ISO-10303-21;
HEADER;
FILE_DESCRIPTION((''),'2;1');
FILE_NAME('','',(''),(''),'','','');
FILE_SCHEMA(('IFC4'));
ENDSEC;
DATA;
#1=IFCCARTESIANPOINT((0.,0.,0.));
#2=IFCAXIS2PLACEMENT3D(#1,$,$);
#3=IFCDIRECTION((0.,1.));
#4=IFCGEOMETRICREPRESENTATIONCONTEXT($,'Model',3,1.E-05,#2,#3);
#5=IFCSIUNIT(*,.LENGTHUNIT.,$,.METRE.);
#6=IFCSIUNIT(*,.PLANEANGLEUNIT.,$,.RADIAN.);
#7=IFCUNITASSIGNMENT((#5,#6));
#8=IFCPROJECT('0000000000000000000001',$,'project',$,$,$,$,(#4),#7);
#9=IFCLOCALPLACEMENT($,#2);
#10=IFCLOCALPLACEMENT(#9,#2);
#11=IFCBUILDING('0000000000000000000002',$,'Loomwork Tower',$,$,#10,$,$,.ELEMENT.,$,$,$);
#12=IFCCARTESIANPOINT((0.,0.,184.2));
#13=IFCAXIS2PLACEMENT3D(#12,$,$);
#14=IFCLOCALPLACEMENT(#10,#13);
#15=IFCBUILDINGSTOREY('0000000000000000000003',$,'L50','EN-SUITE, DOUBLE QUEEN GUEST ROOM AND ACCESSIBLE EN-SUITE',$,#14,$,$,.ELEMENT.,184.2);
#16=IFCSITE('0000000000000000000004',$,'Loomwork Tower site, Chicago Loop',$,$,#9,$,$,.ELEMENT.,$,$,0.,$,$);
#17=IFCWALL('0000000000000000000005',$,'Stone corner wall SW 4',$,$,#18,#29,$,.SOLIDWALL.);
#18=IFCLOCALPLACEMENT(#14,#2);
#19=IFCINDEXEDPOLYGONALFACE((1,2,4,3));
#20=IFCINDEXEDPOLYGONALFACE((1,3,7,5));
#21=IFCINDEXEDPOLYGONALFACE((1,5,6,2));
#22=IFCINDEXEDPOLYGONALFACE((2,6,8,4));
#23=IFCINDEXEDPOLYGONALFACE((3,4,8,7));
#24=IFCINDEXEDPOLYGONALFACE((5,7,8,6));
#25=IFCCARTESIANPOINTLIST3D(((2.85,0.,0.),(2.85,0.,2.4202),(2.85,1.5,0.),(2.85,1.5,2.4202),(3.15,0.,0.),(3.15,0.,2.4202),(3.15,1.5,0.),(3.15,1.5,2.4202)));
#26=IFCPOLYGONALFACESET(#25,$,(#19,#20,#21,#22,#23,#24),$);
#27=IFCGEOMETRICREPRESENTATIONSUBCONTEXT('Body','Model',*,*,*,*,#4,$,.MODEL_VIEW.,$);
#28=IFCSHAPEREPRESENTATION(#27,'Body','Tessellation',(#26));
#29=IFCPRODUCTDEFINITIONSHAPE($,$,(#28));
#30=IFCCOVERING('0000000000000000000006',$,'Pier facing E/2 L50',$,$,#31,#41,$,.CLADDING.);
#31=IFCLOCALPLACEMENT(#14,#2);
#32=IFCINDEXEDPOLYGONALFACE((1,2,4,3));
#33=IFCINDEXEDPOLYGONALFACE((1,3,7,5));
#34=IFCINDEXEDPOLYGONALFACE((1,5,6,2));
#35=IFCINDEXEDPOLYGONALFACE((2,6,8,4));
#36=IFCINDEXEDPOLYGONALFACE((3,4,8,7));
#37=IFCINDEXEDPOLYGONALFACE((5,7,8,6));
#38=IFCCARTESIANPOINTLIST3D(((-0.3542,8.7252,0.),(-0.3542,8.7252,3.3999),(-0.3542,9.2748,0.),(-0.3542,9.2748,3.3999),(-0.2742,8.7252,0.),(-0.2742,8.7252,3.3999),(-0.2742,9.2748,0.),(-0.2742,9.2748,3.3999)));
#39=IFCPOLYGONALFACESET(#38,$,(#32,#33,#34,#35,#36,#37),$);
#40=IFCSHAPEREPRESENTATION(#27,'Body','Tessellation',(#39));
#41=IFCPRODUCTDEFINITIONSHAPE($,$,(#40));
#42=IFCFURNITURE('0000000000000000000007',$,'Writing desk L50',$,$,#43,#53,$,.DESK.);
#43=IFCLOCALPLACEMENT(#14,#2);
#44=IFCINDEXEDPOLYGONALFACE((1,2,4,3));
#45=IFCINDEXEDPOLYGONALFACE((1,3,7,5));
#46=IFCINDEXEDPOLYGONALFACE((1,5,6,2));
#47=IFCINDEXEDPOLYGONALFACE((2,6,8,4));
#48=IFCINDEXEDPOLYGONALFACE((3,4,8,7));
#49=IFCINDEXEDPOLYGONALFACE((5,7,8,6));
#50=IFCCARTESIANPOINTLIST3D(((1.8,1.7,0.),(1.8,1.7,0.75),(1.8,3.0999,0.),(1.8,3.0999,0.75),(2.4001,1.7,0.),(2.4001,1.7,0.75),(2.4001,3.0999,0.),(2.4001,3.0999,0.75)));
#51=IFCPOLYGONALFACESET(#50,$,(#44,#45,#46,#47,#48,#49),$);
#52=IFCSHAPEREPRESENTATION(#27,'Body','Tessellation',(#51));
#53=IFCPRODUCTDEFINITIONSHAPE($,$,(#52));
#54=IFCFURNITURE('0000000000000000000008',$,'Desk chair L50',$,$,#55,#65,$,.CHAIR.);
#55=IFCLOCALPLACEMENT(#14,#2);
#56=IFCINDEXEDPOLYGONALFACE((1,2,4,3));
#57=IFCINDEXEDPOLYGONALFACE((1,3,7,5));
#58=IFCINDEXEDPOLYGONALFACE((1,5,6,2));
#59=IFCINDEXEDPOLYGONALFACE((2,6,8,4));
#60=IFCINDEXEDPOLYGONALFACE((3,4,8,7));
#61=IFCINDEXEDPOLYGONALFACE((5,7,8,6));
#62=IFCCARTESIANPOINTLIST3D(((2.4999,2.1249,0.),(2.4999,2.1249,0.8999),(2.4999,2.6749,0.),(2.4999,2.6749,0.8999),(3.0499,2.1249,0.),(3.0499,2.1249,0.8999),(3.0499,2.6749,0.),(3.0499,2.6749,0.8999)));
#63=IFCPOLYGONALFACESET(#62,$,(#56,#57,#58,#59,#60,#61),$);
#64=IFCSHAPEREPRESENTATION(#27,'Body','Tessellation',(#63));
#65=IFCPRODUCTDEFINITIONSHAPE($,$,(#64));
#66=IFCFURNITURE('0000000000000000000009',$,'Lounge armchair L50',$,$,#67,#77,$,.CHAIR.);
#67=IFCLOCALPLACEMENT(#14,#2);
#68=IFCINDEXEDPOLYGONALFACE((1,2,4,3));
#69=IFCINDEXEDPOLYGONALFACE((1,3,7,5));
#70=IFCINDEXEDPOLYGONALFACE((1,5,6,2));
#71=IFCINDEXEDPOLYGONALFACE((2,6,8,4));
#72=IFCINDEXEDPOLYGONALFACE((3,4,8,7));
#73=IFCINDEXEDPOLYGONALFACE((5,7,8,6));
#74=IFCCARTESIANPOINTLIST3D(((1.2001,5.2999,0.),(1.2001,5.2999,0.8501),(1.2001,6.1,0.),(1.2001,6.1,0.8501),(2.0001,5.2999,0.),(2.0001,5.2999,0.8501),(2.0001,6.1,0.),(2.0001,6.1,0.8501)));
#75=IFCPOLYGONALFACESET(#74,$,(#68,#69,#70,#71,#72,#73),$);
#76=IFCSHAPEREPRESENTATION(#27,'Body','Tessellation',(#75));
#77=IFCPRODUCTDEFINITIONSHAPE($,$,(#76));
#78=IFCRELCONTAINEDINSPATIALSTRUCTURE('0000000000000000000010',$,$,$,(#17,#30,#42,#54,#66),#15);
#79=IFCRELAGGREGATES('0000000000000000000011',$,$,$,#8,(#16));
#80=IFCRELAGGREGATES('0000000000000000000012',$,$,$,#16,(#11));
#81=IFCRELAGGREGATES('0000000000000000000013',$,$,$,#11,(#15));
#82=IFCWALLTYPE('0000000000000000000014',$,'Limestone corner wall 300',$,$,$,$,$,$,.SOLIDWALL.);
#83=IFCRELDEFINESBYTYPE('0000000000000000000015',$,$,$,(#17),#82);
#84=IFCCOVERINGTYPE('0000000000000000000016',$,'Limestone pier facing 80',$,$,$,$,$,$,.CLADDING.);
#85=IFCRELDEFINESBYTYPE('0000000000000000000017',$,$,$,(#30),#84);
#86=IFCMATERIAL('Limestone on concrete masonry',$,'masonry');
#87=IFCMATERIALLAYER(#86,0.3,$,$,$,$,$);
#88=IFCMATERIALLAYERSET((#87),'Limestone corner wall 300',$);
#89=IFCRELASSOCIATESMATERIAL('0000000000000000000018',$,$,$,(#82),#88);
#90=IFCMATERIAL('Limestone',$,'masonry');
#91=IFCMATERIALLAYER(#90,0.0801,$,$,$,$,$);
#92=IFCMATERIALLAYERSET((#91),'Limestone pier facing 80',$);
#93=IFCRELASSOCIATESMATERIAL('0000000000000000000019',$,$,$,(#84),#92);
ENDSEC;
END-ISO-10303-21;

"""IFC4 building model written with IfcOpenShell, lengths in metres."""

from ifc_helpers import new_model, si_unit, direction, frame, frame_2d, origin, origin_2d, place, context, subcontext, project, spatial, rectangle, extrude, material, layer, layer_set, type_object, element, save


model = new_model("IFC4")

# Units and contexts
model_context = context("Model", 3, precision=1e-05, world=origin(), true_north=direction((0.0, 1.0)))
body_context = subcontext(model_context, "Body", "Model", "MODEL_VIEW")
ifc_project = project(units=[si_unit("LENGTHUNIT", "METRE"), si_unit("PLANEANGLEUNIT", "RADIAN")], contexts=[model_context])

# Site, building, storey
site_placement = place(None, origin())
site = spatial("IfcSite", under=ifc_project, at=site_placement, Name="Loomwork Tower site, Chicago Loop", CompositionType="ELEMENT", RefElevation=0.0)
building_placement = place(site_placement, origin())
building = spatial("IfcBuilding", under=site, at=building_placement, Name="Loomwork Tower", CompositionType="ELEMENT")
storey_placement = place(building_placement, frame((0.0, 0.0, 184.2)))
storey = spatial("IfcBuildingStorey", under=building, at=storey_placement, Name="L50", Description="EN-SUITE, DOUBLE QUEEN GUEST ROOM AND ACCESSIBLE EN-SUITE", CompositionType="ELEMENT", Elevation=184.2)

# Shared definitions
ifc_material_1 = material(Name="Limestone on concrete masonry", Category="masonry")
ifc_layer_1 = layer(ifc_material_1, 0.3)
ifc_layer_set_1 = layer_set([ifc_layer_1], Name="Limestone corner wall 300")
wall_type_1 = type_object("IfcWallType", Name="Limestone corner wall 300", PredefinedType="SOLIDWALL", material=ifc_layer_set_1)

# Wall
wall_1_placement = place(storey_placement, frame((3.0, 1.5, 0.0), z_axis=(0.0, 0.0, 1.0), x_axis=(0.0, -1.0, 0.0)))
element("IfcWall", 1, at=wall_1_placement, inside=storey, type_object=wall_type_1, Name="Stone corner wall SW 4", PredefinedType="SOLIDWALL", context=body_context, shape_type="SweptSolid", body=[
    extrude(rectangle(XDim=1.5, YDim=0.3, at=frame_2d((0.75, 0.0))), origin(), (0.0, 0.0, 1.0), 2.4202),
])

# Covering
ifc_material_2 = material(Name="Limestone", Category="masonry")
ifc_layer_2 = layer(ifc_material_2, 0.0801)
ifc_layer_set_2 = layer_set([ifc_layer_2], Name="Limestone pier facing 80")
covering_type = type_object("IfcCoveringType", Name="Limestone pier facing 80", PredefinedType="CLADDING", material=ifc_layer_set_2)
covering_placement = place(storey_placement, frame((-0.3142, 9.0, 0.0), z_axis=(0.0, 0.0, 1.0), x_axis=(1.0, 0.0, 0.0)))
element("IfcCovering", 2, at=covering_placement, inside=storey, type_object=covering_type, Name="Pier facing E/2 L50", PredefinedType="CLADDING", context=body_context, shape_type="SweptSolid", body=[
    extrude(rectangle(XDim=0.0801, YDim=0.5496, at=origin_2d()), origin(), (0.0, 0.0, 1.0), 3.3999),
])

# Furniture
furniture_1_placement = place(storey_placement, frame((2.1001, 2.3999, 0.0), z_axis=(0.0, 0.0, 1.0), x_axis=(1.0, 0.0, 0.0)))
element("IfcFurniture", 3, at=furniture_1_placement, inside=storey, Name="Writing desk L50", PredefinedType="DESK", context=body_context, shape_type="SweptSolid", body=[
    extrude(rectangle(XDim=0.6001, YDim=1.3999, at=origin_2d()), origin(), (0.0, 0.0, 1.0), 0.75),
])
furniture_2_placement = place(storey_placement, frame((2.7749, 2.3999, 0.0), z_axis=(0.0, 0.0, 1.0), x_axis=(1.0, 0.0, 0.0)))
element("IfcFurniture", 4, at=furniture_2_placement, inside=storey, Name="Desk chair L50", PredefinedType="CHAIR", context=body_context, shape_type="SweptSolid", body=[
    extrude(rectangle(XDim=0.55, YDim=0.55, at=origin_2d()), origin(), (0.0, 0.0, 1.0), 0.8999),
])
furniture_3_placement = place(storey_placement, frame((1.6001, 5.7, 0.0), z_axis=(0.0, 0.0, 1.0), x_axis=(1.0, 0.0, 0.0)))
element("IfcFurniture", 5, at=furniture_3_placement, inside=storey, Name="Lounge armchair L50", PredefinedType="CHAIR", context=body_context, shape_type="SweptSolid", body=[
    extrude(rectangle(XDim=0.8, YDim=0.8, at=origin_2d()), origin(), (0.0, 0.0, 1.0), 0.8501),
])

save(model, "model.ifc")
